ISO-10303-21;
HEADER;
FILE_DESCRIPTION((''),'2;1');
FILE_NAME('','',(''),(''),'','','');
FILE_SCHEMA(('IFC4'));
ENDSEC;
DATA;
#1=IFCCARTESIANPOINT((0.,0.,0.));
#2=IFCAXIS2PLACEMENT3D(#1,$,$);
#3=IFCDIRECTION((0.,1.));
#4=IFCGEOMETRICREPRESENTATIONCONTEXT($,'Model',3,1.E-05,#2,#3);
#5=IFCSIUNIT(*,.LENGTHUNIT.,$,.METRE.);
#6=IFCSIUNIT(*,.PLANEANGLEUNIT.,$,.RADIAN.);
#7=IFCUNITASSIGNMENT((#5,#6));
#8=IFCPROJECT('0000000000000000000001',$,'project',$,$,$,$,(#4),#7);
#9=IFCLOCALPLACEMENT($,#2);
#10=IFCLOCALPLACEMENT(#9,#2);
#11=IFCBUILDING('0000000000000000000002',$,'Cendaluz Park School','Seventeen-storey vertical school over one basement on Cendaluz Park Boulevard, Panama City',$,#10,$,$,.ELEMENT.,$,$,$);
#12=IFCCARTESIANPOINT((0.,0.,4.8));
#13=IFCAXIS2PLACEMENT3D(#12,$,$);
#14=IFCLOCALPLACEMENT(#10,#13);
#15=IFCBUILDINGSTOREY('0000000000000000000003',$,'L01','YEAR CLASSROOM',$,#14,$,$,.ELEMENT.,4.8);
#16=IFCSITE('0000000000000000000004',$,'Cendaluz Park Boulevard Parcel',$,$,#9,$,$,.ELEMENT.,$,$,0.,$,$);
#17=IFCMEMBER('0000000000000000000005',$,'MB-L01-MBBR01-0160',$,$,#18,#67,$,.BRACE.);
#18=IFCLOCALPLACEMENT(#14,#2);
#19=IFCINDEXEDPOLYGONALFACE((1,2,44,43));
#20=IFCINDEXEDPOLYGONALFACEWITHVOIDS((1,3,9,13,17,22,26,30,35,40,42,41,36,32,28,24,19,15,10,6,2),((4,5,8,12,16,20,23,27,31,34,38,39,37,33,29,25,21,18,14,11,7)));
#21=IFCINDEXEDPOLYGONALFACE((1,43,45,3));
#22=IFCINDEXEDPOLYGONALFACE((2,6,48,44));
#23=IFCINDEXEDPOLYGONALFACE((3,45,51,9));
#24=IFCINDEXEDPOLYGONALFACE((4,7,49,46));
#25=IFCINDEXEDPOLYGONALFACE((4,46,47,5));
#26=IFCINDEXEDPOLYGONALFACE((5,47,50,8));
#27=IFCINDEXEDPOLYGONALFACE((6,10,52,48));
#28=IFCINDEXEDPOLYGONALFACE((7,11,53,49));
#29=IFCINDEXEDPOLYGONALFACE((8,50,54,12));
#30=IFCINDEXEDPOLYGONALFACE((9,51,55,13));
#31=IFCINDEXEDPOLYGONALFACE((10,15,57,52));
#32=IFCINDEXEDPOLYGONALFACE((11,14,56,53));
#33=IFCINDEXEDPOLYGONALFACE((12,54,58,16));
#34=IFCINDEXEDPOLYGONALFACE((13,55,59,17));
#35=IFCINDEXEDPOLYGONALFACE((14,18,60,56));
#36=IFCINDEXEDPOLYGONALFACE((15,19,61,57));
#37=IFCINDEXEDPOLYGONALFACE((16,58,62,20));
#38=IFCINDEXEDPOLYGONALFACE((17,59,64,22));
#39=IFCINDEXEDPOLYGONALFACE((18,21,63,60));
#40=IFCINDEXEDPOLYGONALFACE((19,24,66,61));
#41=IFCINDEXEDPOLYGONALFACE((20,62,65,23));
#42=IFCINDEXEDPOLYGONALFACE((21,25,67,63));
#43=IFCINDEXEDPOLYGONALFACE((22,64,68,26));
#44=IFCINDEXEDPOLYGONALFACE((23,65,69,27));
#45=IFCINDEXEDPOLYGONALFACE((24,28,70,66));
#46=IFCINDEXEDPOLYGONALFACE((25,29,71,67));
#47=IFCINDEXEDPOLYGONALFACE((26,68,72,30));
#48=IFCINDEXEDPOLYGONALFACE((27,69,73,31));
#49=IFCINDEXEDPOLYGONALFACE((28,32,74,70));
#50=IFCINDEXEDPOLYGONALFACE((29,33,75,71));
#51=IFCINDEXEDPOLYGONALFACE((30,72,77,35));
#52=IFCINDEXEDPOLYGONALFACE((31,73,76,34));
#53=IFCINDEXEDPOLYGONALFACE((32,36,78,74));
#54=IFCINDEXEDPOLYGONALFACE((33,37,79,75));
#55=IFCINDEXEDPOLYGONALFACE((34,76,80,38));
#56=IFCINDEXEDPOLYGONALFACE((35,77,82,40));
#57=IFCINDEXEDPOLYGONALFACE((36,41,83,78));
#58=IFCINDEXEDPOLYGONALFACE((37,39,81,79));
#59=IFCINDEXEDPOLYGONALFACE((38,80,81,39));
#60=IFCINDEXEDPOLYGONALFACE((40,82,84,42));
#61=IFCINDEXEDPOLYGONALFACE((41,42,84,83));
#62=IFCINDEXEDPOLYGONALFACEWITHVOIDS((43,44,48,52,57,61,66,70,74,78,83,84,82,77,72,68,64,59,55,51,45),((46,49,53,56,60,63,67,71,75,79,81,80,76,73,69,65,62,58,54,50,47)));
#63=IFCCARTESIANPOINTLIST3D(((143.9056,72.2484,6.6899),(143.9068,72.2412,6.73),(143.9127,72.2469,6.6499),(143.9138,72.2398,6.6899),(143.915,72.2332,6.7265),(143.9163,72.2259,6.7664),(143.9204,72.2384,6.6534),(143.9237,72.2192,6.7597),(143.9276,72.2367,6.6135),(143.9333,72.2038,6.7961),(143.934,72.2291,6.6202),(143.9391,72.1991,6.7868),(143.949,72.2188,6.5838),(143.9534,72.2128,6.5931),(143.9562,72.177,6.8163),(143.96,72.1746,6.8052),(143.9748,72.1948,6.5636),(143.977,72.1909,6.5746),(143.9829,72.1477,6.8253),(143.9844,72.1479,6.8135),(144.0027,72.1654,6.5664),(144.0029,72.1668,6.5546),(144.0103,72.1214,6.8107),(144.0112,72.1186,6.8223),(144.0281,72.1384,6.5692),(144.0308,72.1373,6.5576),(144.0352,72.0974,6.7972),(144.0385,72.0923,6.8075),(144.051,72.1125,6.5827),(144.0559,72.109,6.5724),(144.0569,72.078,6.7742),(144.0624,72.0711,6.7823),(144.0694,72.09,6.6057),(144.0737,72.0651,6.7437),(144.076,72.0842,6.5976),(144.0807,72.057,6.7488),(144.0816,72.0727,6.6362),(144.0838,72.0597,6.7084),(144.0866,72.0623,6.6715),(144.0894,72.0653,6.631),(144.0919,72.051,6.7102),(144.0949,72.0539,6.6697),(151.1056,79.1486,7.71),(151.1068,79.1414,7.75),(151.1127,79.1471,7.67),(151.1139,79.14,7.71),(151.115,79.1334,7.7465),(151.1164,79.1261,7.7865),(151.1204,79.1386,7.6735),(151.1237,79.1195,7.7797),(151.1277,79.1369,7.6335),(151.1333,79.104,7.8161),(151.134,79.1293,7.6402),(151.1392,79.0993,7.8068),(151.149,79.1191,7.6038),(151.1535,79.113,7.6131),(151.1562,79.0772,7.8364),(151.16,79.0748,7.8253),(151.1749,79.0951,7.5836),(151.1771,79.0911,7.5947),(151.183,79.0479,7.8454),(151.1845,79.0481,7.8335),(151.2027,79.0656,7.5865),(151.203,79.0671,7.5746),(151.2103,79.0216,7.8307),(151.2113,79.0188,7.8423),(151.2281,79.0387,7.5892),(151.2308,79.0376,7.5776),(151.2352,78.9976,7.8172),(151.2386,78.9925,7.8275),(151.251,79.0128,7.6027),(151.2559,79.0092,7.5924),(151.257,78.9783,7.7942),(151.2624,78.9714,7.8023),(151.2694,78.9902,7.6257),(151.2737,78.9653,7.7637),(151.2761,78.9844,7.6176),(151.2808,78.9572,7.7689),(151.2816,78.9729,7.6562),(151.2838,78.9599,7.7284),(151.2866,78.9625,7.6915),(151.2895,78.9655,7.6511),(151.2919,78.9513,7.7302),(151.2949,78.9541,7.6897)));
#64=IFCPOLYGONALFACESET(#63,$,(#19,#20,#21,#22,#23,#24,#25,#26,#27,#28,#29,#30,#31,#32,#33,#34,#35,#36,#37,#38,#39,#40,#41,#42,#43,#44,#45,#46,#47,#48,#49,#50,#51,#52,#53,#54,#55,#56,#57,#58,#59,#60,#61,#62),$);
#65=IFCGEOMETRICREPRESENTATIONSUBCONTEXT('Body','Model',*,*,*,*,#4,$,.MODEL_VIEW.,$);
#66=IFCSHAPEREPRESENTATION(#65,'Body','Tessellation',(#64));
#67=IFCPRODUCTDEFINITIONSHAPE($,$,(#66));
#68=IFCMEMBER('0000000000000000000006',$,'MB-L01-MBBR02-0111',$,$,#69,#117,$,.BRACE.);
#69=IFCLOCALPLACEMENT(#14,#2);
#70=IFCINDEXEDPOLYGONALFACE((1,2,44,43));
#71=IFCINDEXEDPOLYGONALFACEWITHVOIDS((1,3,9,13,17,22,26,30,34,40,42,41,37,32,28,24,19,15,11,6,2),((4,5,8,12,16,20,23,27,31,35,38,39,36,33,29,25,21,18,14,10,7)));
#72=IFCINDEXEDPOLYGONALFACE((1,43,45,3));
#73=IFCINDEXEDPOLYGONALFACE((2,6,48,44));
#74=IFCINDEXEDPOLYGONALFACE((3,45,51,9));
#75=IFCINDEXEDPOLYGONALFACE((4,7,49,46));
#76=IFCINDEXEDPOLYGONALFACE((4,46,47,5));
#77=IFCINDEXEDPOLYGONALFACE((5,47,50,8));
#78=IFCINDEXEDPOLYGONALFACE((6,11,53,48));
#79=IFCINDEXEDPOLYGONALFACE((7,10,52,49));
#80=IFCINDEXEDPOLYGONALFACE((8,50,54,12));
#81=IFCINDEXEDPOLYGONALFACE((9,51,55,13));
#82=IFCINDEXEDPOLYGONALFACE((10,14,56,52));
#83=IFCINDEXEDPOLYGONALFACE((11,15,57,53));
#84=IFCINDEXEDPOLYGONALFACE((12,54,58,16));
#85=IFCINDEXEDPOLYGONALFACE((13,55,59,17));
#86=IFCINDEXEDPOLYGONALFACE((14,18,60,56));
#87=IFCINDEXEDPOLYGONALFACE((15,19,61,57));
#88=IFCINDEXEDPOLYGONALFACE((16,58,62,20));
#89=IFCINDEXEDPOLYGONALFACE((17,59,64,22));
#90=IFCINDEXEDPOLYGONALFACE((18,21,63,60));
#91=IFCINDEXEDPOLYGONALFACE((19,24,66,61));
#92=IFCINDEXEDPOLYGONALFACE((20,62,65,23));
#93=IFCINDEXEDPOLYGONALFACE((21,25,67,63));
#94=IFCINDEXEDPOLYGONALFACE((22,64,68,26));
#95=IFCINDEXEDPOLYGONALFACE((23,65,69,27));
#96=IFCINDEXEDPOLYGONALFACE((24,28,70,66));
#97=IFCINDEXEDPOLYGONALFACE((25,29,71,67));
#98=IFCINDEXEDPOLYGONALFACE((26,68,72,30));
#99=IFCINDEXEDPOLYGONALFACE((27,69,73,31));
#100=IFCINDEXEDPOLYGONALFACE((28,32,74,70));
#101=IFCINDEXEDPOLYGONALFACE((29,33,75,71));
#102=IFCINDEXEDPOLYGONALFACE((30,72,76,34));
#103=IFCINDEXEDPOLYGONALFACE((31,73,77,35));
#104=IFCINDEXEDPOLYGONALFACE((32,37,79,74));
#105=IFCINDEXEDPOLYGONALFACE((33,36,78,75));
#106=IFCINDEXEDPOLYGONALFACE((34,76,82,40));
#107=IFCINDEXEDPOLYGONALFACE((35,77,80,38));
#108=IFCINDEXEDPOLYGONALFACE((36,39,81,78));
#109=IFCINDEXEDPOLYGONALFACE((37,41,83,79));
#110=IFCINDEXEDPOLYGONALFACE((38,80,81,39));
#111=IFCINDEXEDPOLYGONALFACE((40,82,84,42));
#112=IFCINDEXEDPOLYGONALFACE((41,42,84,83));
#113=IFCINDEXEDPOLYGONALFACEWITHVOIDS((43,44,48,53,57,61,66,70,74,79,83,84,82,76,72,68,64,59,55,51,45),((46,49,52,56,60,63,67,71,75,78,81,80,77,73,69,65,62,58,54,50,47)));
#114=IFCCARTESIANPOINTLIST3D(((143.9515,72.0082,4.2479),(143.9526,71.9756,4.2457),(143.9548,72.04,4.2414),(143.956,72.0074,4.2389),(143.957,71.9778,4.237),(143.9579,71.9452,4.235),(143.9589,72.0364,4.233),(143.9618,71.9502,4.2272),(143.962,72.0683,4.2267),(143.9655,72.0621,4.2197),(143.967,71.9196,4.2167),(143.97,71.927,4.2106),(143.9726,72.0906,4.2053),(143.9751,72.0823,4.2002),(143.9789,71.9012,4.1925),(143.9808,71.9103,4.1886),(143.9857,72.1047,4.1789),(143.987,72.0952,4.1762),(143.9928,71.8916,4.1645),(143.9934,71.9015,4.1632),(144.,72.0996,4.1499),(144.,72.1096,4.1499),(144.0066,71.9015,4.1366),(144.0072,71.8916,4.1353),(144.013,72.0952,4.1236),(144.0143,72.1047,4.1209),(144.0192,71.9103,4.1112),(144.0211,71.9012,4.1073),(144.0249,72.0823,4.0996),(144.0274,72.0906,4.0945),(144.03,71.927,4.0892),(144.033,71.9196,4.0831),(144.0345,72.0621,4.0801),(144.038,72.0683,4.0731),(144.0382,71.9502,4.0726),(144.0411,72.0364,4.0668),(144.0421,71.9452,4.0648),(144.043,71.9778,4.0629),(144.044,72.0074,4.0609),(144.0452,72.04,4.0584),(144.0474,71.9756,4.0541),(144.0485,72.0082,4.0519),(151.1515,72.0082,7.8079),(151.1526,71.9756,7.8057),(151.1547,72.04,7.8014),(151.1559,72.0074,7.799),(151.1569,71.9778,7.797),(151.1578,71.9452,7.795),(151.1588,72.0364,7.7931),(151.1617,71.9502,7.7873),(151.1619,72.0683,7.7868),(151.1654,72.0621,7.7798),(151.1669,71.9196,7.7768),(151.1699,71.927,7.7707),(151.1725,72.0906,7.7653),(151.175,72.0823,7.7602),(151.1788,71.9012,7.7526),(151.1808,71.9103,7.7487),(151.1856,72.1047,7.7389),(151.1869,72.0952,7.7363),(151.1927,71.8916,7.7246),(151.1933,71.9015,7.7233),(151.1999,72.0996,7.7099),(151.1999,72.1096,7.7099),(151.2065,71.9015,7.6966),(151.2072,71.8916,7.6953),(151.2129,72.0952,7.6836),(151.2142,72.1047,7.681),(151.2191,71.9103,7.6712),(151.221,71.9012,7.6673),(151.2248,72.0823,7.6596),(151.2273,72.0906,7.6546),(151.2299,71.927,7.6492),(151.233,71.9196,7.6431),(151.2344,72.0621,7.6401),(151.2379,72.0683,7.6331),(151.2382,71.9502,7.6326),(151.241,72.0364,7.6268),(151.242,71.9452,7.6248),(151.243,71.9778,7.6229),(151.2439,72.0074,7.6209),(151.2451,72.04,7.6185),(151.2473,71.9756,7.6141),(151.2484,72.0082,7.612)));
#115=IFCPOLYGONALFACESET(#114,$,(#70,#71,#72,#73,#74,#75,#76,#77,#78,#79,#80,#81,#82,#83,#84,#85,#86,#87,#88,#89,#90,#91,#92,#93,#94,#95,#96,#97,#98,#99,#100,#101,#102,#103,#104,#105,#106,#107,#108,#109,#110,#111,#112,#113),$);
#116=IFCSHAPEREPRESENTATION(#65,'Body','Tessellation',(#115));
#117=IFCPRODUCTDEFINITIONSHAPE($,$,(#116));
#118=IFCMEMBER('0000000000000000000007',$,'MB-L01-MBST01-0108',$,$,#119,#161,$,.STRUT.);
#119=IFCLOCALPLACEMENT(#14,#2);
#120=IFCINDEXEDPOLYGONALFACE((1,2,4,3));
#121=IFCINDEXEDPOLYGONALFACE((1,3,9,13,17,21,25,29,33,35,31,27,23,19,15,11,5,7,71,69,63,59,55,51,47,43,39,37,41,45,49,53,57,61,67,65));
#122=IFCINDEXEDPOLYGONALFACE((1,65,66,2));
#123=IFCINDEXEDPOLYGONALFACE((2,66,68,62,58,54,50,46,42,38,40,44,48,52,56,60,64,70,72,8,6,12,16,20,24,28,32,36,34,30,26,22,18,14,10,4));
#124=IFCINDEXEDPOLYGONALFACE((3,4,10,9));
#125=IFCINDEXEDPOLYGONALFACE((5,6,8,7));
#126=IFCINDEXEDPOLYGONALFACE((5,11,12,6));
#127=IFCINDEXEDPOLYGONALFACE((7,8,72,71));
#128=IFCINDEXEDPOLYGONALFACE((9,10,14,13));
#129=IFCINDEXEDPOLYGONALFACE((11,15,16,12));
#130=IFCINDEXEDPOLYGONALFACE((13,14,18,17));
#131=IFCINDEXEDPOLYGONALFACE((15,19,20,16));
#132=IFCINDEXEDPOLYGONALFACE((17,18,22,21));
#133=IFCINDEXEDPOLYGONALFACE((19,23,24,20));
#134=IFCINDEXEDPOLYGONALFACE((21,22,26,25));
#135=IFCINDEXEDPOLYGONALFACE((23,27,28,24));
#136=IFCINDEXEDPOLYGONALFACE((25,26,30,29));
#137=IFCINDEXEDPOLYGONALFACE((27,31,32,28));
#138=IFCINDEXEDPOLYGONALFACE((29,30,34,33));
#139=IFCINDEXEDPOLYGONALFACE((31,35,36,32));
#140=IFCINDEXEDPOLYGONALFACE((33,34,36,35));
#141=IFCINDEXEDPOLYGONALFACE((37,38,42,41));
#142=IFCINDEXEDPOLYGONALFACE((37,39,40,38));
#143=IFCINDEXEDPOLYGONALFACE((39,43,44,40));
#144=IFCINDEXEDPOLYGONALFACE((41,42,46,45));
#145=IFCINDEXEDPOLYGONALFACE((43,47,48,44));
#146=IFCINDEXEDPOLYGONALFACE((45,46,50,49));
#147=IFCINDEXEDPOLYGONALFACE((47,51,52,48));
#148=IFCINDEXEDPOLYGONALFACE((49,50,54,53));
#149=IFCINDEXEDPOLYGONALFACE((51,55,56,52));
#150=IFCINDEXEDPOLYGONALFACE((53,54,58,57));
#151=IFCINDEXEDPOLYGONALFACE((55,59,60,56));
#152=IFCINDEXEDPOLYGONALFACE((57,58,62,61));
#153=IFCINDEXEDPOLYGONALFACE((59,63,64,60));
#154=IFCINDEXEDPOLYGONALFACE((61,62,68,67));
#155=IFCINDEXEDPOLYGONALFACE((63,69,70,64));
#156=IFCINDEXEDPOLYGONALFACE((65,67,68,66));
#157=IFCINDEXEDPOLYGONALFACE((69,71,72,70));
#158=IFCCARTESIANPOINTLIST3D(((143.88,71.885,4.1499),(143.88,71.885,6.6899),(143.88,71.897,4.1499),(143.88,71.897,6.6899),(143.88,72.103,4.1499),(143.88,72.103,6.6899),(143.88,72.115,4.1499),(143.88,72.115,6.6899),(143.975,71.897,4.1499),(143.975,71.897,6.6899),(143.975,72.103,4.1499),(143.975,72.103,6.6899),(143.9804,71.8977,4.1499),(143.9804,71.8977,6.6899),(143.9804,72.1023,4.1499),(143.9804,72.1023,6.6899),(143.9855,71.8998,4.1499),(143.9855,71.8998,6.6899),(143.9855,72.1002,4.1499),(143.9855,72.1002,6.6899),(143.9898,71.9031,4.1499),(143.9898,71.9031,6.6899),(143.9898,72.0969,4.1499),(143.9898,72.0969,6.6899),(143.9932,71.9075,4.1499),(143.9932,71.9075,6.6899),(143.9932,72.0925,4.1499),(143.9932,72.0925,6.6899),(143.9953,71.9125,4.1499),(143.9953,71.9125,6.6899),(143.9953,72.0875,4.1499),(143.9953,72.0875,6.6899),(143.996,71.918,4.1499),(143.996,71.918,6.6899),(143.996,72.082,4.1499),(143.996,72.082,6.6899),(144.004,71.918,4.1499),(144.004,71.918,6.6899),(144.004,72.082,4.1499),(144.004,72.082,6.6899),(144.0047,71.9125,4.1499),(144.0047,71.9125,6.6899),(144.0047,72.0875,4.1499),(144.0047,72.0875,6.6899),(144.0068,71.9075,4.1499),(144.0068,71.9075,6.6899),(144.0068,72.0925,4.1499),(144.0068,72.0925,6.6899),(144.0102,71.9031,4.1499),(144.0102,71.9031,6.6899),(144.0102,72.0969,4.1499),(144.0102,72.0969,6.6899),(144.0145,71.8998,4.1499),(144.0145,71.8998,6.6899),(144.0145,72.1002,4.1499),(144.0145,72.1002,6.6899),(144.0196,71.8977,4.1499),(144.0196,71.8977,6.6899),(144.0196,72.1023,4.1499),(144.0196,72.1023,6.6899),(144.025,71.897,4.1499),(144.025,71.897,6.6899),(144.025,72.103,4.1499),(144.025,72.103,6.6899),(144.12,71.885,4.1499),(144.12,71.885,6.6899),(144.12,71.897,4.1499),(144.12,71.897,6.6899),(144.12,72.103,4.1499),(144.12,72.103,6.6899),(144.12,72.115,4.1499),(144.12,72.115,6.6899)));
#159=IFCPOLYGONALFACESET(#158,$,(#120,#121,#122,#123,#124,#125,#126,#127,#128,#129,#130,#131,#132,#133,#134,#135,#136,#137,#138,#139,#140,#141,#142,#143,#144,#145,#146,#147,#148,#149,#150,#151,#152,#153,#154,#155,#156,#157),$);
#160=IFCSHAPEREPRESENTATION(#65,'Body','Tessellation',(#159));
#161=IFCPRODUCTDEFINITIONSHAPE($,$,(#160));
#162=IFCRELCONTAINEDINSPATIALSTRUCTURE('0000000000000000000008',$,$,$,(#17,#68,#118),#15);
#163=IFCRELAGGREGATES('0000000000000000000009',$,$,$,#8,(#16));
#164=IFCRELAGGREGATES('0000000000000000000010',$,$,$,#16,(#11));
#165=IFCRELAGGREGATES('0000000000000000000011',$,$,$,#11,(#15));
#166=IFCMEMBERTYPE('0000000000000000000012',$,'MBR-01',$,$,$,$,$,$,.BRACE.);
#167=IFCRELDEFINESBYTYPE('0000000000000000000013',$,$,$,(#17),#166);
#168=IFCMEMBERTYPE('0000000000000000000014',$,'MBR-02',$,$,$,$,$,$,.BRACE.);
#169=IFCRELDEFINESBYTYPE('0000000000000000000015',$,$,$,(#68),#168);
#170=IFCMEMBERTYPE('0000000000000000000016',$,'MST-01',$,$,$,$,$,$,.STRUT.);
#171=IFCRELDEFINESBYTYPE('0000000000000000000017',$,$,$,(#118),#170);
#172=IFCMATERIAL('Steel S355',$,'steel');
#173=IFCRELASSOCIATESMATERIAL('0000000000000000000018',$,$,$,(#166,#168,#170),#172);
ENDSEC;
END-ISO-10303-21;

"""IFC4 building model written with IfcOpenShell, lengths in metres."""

from ifc_helpers import new_model, si_unit, direction, frame, origin, origin_2d, place, context, subcontext, project, spatial, hollow_circle, i_section, extrude, material, material_profile, profile_set, type_object, element, save


model = new_model("IFC4")

# Units and contexts
model_context = context("Model", 3, precision=1e-05, world=origin(), true_north=direction((0.0, 1.0)))
body_context = subcontext(model_context, "Body", "Model", "MODEL_VIEW")
ifc_project = project(units=[si_unit("LENGTHUNIT", "METRE"), si_unit("PLANEANGLEUNIT", "RADIAN")], contexts=[model_context])

# Site, building, storey
site_placement = place(None, origin())
site = spatial("IfcSite", under=ifc_project, at=site_placement, Name="Cendaluz Park Boulevard Parcel", CompositionType="ELEMENT", RefElevation=0.0)
building_placement = place(site_placement, origin())
building = spatial("IfcBuilding", under=site, at=building_placement, Name="Cendaluz Park School", Description="Seventeen-storey vertical school over one basement on Cendaluz Park Boulevard, Panama City", CompositionType="ELEMENT")
storey_placement = place(building_placement, frame((0.0, 0.0, 4.8)))
storey = spatial("IfcBuildingStorey", under=building, at=storey_placement, Name="L01", Description="YEAR CLASSROOM", CompositionType="ELEMENT", Elevation=4.8)

# Shared definitions
ifc_material_1 = material(Name="Steel S355", Category="steel")

# Members
ifc_material_profile_1 = material_profile(ifc_material_1, hollow_circle(Radius=0.1365, WallThickness=0.012, at=origin_2d()), Name="CHS 273x12", Category="steel")
ifc_profile_set_1 = profile_set([ifc_material_profile_1], Name="Steel S355")
member_type_1 = type_object("IfcMemberType", Name="MBR-01", PredefinedType="BRACE", material=ifc_profile_set_1)
member_1_placement = place(storey_placement, frame((144.0, 72.1499, 6.6899), z_axis=(0.718231, 0.688324, 0.101752), x_axis=(-0.691915, 0.721979, 0.0)))
element("IfcMember", 1, at=member_1_placement, inside=storey, type_object=member_type_1, Name="MB-L01-MBBR01-0160", PredefinedType="BRACE", context=body_context, shape_type="SweptSolid", body=[
    extrude(hollow_circle(Radius=0.1365, WallThickness=0.012, at=origin_2d()), origin(), (0.0, 0.0, 1.0), 10.0247),
])
ifc_material_profile_2 = material_profile(ifc_material_1, hollow_circle(Radius=0.1096, WallThickness=0.01, at=origin_2d()), Name="CHS 219x10", Category="steel")
ifc_profile_set_2 = profile_set([ifc_material_profile_2], Name="Steel S355")
member_type_2 = type_object("IfcMemberType", Name="MBR-02", PredefinedType="BRACE", material=ifc_profile_set_2)
member_2_placement = place(storey_placement, frame((144.0, 72.0, 4.1499), z_axis=(0.896406, 0.0, 0.443233), x_axis=(0.0, 1.0, 0.0)))
element("IfcMember", 2, at=member_2_placement, inside=storey, type_object=member_type_2, Name="MB-L01-MBBR02-0111", PredefinedType="BRACE", context=body_context, shape_type="SweptSolid", body=[
    extrude(hollow_circle(Radius=0.1096, WallThickness=0.01, at=origin_2d()), origin(), (0.0, 0.0, 1.0), 8.032),
])
ifc_material_profile_3 = material_profile(ifc_material_1, i_section(OverallWidth=0.24, OverallDepth=0.23, WebThickness=0.0081, FlangeThickness=0.012, FilletRadius=0.021, at=origin_2d()), Name="HEA 240", Category="steel")
ifc_profile_set_3 = profile_set([ifc_material_profile_3], Name="Steel S355")
member_type_3 = type_object("IfcMemberType", Name="MST-01", PredefinedType="STRUT", material=ifc_profile_set_3)
for number, where, z_axis, x_axis, name in (
    (3, (144.0, 72.0, 4.1499), (0.0, 0.0, 1.0), (1.0, 0.0, 0.0), "MB-L01-MBST01-0108"),
):
    element("IfcMember", number, at=place(storey_placement, frame(where, z_axis=z_axis, x_axis=x_axis)), inside=storey, type_object=member_type_3, Name=name, PredefinedType="STRUT", context=body_context, shape_type="SweptSolid", body=[
        extrude(i_section(OverallWidth=0.24, OverallDepth=0.23, WebThickness=0.0081, FlangeThickness=0.012, FilletRadius=0.021, at=origin_2d()), origin(), (0.0, 0.0, 1.0), 2.54),
    ])

save(model, "model.ifc")
